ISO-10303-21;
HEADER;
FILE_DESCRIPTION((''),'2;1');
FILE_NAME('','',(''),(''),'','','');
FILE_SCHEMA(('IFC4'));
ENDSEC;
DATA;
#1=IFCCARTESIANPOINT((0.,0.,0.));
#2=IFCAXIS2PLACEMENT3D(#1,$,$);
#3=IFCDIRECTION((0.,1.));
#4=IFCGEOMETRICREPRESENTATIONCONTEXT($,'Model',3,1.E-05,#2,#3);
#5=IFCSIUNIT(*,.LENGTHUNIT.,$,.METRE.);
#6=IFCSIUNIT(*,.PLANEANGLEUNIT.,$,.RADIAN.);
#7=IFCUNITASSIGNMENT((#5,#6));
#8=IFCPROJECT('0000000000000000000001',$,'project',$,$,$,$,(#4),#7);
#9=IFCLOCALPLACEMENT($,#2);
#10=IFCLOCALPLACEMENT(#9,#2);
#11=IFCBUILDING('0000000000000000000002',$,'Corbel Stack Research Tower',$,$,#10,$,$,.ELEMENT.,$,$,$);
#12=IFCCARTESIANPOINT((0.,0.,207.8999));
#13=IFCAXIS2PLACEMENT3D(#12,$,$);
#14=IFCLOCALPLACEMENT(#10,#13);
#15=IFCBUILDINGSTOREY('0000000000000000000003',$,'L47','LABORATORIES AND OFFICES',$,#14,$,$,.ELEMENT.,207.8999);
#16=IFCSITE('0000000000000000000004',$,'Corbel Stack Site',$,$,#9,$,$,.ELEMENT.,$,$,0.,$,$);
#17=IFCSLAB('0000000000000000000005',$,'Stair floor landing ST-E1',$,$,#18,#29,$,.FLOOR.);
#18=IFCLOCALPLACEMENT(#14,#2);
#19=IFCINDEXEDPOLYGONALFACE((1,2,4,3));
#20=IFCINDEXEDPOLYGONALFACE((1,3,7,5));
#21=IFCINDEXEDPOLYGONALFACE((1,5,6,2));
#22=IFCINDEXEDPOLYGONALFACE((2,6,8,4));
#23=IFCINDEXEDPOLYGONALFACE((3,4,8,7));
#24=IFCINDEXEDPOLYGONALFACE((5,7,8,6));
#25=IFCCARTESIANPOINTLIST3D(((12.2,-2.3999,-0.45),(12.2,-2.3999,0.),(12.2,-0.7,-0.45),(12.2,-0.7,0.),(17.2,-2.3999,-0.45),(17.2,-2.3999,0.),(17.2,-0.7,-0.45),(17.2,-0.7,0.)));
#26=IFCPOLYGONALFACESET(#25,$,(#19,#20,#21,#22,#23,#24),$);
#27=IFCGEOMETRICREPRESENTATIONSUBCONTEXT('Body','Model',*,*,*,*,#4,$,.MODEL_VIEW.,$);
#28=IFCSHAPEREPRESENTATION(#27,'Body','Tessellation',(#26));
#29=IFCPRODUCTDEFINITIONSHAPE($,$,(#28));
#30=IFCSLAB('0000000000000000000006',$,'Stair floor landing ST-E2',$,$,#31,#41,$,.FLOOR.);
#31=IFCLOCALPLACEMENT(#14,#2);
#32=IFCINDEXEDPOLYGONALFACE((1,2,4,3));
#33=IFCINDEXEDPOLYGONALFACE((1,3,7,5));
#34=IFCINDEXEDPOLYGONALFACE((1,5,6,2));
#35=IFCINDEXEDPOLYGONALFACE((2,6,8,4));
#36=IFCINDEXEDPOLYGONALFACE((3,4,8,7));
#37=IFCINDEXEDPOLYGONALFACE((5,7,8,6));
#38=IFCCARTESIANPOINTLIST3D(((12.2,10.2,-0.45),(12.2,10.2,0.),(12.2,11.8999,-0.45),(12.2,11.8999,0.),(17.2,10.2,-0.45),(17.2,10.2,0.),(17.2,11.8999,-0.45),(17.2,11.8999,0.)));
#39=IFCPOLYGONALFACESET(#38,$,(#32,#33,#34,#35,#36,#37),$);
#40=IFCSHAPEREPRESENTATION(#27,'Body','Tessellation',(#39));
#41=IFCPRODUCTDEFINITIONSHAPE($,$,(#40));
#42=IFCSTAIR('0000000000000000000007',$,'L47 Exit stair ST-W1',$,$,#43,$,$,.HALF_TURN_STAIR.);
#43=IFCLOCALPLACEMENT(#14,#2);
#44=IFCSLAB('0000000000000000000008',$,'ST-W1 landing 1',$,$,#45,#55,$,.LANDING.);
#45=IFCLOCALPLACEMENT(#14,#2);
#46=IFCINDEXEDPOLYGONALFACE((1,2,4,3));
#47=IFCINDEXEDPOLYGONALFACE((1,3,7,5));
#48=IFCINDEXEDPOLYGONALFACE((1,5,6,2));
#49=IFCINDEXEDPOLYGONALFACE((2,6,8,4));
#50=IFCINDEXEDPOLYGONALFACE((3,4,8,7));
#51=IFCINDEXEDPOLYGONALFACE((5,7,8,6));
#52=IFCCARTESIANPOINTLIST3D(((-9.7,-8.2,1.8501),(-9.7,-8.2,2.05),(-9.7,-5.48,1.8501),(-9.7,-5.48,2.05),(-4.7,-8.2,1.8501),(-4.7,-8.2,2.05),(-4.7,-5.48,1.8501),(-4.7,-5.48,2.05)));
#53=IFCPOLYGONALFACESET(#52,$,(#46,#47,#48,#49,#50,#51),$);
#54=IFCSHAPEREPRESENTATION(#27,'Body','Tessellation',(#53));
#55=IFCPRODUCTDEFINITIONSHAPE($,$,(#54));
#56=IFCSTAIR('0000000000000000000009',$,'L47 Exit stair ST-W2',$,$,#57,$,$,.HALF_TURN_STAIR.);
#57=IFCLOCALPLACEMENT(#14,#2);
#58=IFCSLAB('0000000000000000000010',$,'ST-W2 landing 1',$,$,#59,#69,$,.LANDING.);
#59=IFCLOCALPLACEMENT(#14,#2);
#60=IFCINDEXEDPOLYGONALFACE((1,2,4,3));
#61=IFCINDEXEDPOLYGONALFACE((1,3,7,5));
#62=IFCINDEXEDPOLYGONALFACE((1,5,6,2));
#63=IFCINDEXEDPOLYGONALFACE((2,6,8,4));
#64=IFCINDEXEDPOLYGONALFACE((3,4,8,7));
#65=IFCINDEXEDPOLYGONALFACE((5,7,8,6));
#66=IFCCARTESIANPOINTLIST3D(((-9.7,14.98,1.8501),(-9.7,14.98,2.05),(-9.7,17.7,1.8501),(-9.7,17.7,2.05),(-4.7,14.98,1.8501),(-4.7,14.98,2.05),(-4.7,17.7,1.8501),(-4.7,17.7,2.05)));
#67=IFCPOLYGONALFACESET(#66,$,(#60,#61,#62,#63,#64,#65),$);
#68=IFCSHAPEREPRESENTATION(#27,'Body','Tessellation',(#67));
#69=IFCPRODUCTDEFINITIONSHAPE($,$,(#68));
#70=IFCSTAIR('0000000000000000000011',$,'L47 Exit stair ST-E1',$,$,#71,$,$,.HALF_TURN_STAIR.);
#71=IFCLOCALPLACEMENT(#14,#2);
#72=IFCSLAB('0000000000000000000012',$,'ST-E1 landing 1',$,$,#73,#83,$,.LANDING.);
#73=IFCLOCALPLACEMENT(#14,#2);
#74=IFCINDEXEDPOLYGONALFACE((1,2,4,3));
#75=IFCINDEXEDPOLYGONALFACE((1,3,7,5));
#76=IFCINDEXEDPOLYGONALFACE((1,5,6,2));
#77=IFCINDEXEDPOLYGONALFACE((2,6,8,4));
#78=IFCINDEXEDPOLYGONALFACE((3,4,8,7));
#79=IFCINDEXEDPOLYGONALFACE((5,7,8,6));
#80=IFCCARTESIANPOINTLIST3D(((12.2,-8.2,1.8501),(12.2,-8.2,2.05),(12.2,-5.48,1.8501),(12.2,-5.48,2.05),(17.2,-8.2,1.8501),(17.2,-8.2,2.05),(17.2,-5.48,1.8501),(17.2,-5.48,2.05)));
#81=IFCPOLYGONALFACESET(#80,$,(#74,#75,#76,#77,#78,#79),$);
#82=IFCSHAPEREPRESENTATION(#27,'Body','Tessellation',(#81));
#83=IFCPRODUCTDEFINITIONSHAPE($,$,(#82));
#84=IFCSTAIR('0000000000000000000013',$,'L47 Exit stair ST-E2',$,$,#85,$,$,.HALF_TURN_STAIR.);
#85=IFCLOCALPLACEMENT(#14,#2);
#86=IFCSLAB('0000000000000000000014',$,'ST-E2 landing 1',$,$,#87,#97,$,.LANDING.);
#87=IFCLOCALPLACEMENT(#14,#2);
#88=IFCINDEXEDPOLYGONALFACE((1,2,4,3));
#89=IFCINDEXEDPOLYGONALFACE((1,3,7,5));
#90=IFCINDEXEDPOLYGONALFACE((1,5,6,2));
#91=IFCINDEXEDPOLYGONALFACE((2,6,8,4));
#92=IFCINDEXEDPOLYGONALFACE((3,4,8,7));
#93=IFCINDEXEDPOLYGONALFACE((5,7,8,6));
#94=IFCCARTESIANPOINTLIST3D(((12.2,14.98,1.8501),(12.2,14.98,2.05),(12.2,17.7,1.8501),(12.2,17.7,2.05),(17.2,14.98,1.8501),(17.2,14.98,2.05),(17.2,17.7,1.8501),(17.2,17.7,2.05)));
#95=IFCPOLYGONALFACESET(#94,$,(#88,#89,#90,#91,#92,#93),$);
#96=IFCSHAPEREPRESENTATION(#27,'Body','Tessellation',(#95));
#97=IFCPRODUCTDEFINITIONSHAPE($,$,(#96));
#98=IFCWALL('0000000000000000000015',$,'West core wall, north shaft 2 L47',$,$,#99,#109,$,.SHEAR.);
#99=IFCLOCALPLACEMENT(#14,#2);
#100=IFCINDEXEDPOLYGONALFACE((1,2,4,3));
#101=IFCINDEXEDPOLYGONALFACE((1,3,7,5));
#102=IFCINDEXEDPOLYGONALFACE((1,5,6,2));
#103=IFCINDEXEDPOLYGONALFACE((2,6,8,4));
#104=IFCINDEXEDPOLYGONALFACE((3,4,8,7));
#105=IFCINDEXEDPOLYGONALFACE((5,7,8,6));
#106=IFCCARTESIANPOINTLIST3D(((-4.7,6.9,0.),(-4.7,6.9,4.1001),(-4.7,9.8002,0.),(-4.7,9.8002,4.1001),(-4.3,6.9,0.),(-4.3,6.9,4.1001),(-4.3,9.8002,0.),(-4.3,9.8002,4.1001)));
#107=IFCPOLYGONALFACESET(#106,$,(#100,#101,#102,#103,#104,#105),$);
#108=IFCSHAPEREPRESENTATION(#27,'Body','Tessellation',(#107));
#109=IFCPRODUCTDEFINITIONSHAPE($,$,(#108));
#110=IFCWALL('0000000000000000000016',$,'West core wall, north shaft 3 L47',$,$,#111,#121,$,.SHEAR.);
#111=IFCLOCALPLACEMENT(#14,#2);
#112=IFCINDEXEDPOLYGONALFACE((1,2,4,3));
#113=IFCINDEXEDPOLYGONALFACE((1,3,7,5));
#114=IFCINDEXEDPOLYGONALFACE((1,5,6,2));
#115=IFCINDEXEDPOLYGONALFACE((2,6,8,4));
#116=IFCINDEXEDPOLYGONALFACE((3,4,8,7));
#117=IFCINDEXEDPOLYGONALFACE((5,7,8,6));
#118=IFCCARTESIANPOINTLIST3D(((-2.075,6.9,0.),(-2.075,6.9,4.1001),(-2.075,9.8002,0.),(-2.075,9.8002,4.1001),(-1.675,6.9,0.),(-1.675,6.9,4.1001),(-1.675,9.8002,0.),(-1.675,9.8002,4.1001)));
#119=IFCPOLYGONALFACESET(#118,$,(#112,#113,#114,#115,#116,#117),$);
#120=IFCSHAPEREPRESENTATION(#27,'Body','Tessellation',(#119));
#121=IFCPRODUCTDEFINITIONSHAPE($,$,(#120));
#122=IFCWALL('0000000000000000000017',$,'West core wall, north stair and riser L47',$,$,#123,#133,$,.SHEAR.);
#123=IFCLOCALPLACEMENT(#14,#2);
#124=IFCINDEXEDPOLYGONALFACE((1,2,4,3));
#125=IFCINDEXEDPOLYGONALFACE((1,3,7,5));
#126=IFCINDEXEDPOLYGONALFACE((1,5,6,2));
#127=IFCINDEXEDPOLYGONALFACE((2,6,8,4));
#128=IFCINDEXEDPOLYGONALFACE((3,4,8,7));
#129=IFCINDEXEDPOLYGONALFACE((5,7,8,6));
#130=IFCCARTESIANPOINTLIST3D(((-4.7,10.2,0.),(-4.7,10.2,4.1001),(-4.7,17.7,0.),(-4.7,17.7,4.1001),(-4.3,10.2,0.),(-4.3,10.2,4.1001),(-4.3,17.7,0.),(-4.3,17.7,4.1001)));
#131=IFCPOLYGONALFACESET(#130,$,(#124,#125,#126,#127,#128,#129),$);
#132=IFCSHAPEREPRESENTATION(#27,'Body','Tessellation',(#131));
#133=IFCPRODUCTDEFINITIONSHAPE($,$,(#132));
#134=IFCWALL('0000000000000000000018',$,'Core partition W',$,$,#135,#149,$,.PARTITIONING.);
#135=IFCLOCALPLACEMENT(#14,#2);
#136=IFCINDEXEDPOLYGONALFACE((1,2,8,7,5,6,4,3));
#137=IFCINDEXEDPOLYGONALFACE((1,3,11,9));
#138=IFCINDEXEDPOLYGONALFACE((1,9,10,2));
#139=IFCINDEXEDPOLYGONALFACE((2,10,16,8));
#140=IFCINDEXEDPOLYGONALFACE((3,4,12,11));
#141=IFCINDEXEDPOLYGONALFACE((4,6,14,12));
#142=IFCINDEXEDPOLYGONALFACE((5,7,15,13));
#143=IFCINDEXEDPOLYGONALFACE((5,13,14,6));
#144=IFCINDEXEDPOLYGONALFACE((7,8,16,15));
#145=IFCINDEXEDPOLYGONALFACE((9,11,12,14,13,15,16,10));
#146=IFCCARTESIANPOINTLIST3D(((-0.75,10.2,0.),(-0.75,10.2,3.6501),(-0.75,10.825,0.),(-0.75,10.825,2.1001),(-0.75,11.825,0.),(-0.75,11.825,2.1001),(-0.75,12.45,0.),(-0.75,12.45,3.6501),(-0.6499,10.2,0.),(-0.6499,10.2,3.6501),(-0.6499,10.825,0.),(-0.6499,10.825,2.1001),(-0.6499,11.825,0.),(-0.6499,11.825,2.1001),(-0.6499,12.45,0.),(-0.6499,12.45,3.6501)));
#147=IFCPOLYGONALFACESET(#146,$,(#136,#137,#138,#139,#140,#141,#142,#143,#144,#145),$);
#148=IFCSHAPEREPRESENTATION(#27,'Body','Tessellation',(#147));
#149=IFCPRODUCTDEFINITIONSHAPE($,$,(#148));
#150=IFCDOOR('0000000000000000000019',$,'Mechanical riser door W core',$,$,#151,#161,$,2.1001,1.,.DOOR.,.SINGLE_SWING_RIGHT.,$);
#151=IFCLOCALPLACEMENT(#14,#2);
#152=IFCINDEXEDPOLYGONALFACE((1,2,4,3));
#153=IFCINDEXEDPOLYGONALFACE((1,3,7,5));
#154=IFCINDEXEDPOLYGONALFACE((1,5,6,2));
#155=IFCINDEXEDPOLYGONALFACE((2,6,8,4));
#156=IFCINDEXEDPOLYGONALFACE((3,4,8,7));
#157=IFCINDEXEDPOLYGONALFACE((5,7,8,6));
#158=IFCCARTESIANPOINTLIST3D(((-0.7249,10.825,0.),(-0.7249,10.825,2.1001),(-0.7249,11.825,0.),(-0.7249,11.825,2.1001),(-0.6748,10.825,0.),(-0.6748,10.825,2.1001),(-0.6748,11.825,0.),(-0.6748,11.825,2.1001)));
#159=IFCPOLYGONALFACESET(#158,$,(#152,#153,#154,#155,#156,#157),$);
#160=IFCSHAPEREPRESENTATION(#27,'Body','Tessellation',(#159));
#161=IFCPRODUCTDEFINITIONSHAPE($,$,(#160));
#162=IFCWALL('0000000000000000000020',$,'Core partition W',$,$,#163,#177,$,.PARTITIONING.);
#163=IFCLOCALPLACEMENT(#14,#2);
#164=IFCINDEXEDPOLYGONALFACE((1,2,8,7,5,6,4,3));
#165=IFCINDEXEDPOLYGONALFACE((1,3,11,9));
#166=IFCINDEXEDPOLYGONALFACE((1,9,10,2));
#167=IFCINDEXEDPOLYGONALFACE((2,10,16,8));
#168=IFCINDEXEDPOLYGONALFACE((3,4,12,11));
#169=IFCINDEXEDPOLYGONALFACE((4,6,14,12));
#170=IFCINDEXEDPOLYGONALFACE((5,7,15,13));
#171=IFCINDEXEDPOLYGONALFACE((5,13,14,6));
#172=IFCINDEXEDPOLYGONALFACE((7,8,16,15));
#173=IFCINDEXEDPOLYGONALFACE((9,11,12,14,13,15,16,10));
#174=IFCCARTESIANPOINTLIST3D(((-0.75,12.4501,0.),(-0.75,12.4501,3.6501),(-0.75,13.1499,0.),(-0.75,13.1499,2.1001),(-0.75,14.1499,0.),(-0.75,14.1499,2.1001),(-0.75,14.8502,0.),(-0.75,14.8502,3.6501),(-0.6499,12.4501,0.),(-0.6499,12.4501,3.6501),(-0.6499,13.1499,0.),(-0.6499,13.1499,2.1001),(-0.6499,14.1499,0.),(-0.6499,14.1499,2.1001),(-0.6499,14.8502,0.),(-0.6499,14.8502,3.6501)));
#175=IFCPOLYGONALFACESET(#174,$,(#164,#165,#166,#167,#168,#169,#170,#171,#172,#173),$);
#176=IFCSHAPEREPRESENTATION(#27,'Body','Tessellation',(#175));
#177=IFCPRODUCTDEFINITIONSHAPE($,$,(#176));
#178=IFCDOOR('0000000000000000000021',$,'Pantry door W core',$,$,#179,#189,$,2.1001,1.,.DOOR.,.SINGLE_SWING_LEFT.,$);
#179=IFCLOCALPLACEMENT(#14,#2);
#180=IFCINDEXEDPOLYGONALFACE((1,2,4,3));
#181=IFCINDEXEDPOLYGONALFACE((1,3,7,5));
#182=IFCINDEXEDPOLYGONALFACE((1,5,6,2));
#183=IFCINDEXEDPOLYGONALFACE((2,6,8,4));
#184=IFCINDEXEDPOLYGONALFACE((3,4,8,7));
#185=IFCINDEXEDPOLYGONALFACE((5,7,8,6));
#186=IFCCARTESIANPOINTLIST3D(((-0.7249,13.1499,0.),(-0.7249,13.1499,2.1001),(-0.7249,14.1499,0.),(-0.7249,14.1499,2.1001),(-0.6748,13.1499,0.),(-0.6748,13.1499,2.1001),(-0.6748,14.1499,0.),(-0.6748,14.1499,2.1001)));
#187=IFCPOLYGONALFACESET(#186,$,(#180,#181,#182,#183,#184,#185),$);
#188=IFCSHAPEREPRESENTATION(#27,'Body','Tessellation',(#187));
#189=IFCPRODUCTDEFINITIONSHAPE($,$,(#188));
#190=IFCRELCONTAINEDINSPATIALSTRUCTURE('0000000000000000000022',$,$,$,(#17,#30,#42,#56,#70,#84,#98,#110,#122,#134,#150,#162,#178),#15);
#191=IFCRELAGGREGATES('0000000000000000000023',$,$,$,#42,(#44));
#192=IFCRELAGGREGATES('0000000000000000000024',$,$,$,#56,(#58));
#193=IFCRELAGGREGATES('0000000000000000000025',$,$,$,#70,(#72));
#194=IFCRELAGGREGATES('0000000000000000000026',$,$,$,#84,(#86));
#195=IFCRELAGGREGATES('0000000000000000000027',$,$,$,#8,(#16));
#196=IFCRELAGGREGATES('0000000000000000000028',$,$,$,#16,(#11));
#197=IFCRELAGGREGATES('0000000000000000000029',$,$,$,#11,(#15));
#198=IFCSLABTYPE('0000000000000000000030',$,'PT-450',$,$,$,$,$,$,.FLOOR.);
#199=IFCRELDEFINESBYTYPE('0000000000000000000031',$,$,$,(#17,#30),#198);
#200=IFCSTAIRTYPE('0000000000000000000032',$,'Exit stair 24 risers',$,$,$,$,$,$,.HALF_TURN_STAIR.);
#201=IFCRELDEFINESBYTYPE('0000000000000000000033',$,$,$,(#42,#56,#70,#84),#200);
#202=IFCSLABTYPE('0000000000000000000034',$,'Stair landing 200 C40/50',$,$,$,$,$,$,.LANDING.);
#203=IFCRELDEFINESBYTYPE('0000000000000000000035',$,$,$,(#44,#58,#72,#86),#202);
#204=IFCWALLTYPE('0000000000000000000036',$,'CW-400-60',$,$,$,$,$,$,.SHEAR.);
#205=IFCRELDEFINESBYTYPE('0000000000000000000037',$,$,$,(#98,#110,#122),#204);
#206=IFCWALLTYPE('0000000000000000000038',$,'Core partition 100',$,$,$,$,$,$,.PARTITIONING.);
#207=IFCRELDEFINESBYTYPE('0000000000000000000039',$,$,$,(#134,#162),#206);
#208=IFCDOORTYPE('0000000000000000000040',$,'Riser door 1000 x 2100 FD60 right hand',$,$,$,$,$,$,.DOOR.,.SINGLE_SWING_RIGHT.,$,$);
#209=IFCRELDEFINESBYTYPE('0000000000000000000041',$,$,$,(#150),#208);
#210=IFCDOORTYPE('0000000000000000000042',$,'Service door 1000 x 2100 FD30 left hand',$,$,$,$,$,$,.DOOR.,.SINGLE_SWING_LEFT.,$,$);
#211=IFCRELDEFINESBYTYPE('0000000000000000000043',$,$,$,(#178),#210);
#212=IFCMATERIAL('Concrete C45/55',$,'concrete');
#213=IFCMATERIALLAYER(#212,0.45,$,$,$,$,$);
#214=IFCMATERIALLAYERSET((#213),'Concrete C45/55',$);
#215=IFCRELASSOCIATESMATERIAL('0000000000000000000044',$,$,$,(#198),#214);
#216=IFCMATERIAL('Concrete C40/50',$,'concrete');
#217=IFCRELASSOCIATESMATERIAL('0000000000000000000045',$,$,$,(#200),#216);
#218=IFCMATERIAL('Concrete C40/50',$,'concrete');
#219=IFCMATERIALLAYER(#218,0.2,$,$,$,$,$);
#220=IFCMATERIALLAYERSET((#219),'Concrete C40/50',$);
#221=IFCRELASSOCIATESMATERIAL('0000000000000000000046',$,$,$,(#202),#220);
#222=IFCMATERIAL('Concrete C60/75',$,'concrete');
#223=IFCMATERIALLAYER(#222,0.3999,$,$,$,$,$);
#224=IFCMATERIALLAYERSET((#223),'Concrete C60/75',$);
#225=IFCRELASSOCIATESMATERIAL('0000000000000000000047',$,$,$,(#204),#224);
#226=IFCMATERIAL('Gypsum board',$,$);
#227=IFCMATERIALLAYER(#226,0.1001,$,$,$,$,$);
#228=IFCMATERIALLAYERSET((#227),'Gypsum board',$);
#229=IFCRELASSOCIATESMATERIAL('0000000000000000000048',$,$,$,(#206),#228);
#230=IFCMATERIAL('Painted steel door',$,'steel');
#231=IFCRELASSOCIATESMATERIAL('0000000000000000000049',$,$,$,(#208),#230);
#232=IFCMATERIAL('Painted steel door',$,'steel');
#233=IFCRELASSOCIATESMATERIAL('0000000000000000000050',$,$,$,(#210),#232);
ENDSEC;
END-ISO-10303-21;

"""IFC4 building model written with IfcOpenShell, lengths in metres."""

from ifc_helpers import new_model, si_unit, direction, frame, frame_2d, origin, place, context, subcontext, project, spatial, polyline, rectangle, outline, extrude, material, layer, layer_set, type_object, element, fill, aggregate, save


model = new_model("IFC4")

# Units and contexts
model_context = context("Model", 3, precision=1e-05, world=origin(), true_north=direction((0.0, 1.0)))
body_context = subcontext(model_context, "Body", "Model", "MODEL_VIEW")
ifc_project = project(units=[si_unit("LENGTHUNIT", "METRE"), si_unit("PLANEANGLEUNIT", "RADIAN")], contexts=[model_context])

# Site, building, storey
site_placement = place(None, origin())
site = spatial("IfcSite", under=ifc_project, at=site_placement, Name="Corbel Stack Site", CompositionType="ELEMENT", RefElevation=0.0)
building_placement = place(site_placement, origin())
building = spatial("IfcBuilding", under=site, at=building_placement, Name="Corbel Stack Research Tower", CompositionType="ELEMENT")
storey_placement = place(building_placement, frame((0.0, 0.0, 207.8999)))
storey = spatial("IfcBuildingStorey", under=building, at=storey_placement, Name="L47", Description="LABORATORIES AND OFFICES", CompositionType="ELEMENT", Elevation=207.8999)

# Slabs
ifc_material_1 = material(Name="Concrete C45/55", Category="concrete")
ifc_layer_1 = layer(ifc_material_1, 0.45)
ifc_layer_set_1 = layer_set([ifc_layer_1], Name="Concrete C45/55")
slab_type_1 = type_object("IfcSlabType", Name="PT-450", PredefinedType="FLOOR", material=ifc_layer_set_1)
slab_1_placement = place(storey_placement, frame((0.0, 0.0, -0.45)))
element("IfcSlab", 1, at=slab_1_placement, inside=storey, type_object=slab_type_1, Name="Stair floor landing ST-E1", PredefinedType="FLOOR", context=body_context, shape_type="SweptSolid", body=[
    extrude(outline(polyline([(12.2, -2.3999), (17.2, -2.3999), (17.2, -0.7), (12.2, -0.7), (12.2, -2.3999)])), origin(), (0.0, 0.0, 1.0), 0.45),
])
slab_2_placement = place(storey_placement, frame((0.0, 0.0, -0.45)))
element("IfcSlab", 2, at=slab_2_placement, inside=storey, type_object=slab_type_1, Name="Stair floor landing ST-E2", PredefinedType="FLOOR", context=body_context, shape_type="SweptSolid", body=[
    extrude(outline(polyline([(12.2, 10.2), (17.2, 10.2), (17.2, 11.8999), (12.2, 11.8999), (12.2, 10.2)])), origin(), (0.0, 0.0, 1.0), 0.45),
])

# Stairs, slabs
ifc_material_2 = material(Name="Concrete C40/50", Category="concrete")
stair_type = type_object("IfcStairType", Name="Exit stair 24 risers", PredefinedType="HALF_TURN_STAIR", material=ifc_material_2)
stair_1_placement = place(storey_placement, origin())
stair_1 = element("IfcStair", 3, at=stair_1_placement, inside=storey, type_object=stair_type, Name="L47 Exit stair ST-W1", PredefinedType="HALF_TURN_STAIR")
ifc_material_3 = material(Name="Concrete C40/50", Category="concrete")
ifc_layer_2 = layer(ifc_material_3, 0.2)
ifc_layer_set_2 = layer_set([ifc_layer_2], Name="Concrete C40/50")
slab_type_2 = type_object("IfcSlabType", Name="Stair landing 200 C40/50", PredefinedType="LANDING", material=ifc_layer_set_2)
slab_3_placement = place(storey_placement, frame((0.0, 0.0, 1.8501)))
slab_3 = element("IfcSlab", 4, at=slab_3_placement, type_object=slab_type_2, Name="ST-W1 landing 1", PredefinedType="LANDING", context=body_context, shape_type="SweptSolid", body=[
    extrude(outline(polyline([(-9.7, -8.2), (-9.7, -5.48), (-4.7, -5.48), (-4.7, -8.2), (-9.7, -8.2)])), origin(), (0.0, 0.0, 1.0), 0.2),
])
aggregate(stair_1, [slab_3])
stair_2_placement = place(storey_placement, origin())
stair_2 = element("IfcStair", 5, at=stair_2_placement, inside=storey, type_object=stair_type, Name="L47 Exit stair ST-W2", PredefinedType="HALF_TURN_STAIR")
slab_4_placement = place(storey_placement, frame((0.0, 0.0, 1.8501)))
slab_4 = element("IfcSlab", 6, at=slab_4_placement, type_object=slab_type_2, Name="ST-W2 landing 1", PredefinedType="LANDING", context=body_context, shape_type="SweptSolid", body=[
    extrude(outline(polyline([(-9.7, 14.98), (-9.7, 17.7), (-4.7, 17.7), (-4.7, 14.98), (-9.7, 14.98)])), origin(), (0.0, 0.0, 1.0), 0.2),
])
aggregate(stair_2, [slab_4])
stair_3_placement = place(storey_placement, origin())
stair_3 = element("IfcStair", 7, at=stair_3_placement, inside=storey, type_object=stair_type, Name="L47 Exit stair ST-E1", PredefinedType="HALF_TURN_STAIR")
slab_5_placement = place(storey_placement, frame((0.0, 0.0, 1.8501)))
slab_5 = element("IfcSlab", 8, at=slab_5_placement, type_object=slab_type_2, Name="ST-E1 landing 1", PredefinedType="LANDING", context=body_context, shape_type="SweptSolid", body=[
    extrude(outline(polyline([(12.2, -8.2), (12.2, -5.48), (17.2, -5.48), (17.2, -8.2), (12.2, -8.2)])), origin(), (0.0, 0.0, 1.0), 0.2),
])
aggregate(stair_3, [slab_5])
stair_4_placement = place(storey_placement, origin())
stair_4 = element("IfcStair", 9, at=stair_4_placement, inside=storey, type_object=stair_type, Name="L47 Exit stair ST-E2", PredefinedType="HALF_TURN_STAIR")
slab_6_placement = place(storey_placement, frame((0.0, 0.0, 1.8501)))
slab_6 = element("IfcSlab", 10, at=slab_6_placement, type_object=slab_type_2, Name="ST-E2 landing 1", PredefinedType="LANDING", context=body_context, shape_type="SweptSolid", body=[
    extrude(outline(polyline([(12.2, 14.98), (12.2, 17.7), (17.2, 17.7), (17.2, 14.98), (12.2, 14.98)])), origin(), (0.0, 0.0, 1.0), 0.2),
])
aggregate(stair_4, [slab_6])

# Walls
ifc_material_4 = material(Name="Concrete C60/75", Category="concrete")
ifc_layer_3 = layer(ifc_material_4, 0.3999)
ifc_layer_set_3 = layer_set([ifc_layer_3], Name="Concrete C60/75")
wall_type_1 = type_object("IfcWallType", Name="CW-400-60", PredefinedType="SHEAR", material=ifc_layer_set_3)
for number, where, z_axis, x_axis, name in (
    (11, (-4.5, 6.8999, 0.0), (0.0, 0.0, 1.0), (0.0, 1.0, 0.0), "West core wall, north shaft 2 L47"),
    (12, (-1.875, 6.8999, 0.0), (0.0, 0.0, 1.0), (0.0, 1.0, 0.0), "West core wall, north shaft 3 L47"),
):
    element("IfcWall", number, at=place(storey_placement, frame(where, z_axis=z_axis, x_axis=x_axis)), inside=storey, type_object=wall_type_1, Name=name, PredefinedType="SHEAR", context=body_context, shape_type="SweptSolid", body=[
        extrude(rectangle(XDim=2.9001, YDim=0.3999, at=frame_2d((1.4502, 0.0))), origin(), (0.0, 0.0, 1.0), 4.1001),
    ])
wall_1_placement = place(storey_placement, frame((-4.5, 10.2, 0.0), z_axis=(0.0, 0.0, 1.0), x_axis=(0.0, 1.0, 0.0)))
element("IfcWall", 13, at=wall_1_placement, inside=storey, type_object=wall_type_1, Name="West core wall, north stair and riser L47", PredefinedType="SHEAR", context=body_context, shape_type="SweptSolid", body=[
    extrude(rectangle(XDim=7.5, YDim=0.3999, at=frame_2d((3.75, 0.0))), origin(), (0.0, 0.0, 1.0), 4.1001),
])

# Walls, openings, doors
ifc_material_5 = material(Name="Gypsum board")
ifc_layer_4 = layer(ifc_material_5, 0.1001)
ifc_layer_set_4 = layer_set([ifc_layer_4], Name="Gypsum board")
wall_type_2 = type_object("IfcWallType", Name="Core partition 100", PredefinedType="PARTITIONING", material=ifc_layer_set_4)
wall_2_placement = place(storey_placement, frame((-0.7, 10.2, 0.0), z_axis=(0.0, 0.0, 1.0), x_axis=(0.0, 1.0, 0.0)))
wall_2 = element("IfcWall", 14, at=wall_2_placement, inside=storey, type_object=wall_type_2, Name="Core partition W", PredefinedType="PARTITIONING", context=body_context, shape_type="SweptSolid", body=[
    extrude(rectangle(XDim=2.25, YDim=0.1001, at=frame_2d((1.125, 0.0))), origin(), (0.0, 0.0, 1.0), 3.6501),
])
opening_1_placement = place(wall_2_placement, frame((0.625, 0.0, 0.0)))
opening_1 = element("IfcOpeningElement", 15, at=opening_1_placement, cuts=wall_2, PredefinedType="OPENING", context=body_context, shape_type="SweptSolid", body=[
    extrude(rectangle(XDim=1.0, YDim=2.1001, at=frame_2d((0.5, 1.05))), frame((0.0, 0.0601, 0.0), z_axis=(0.0, -1.0, 0.0), x_axis=(1.0, 0.0, 0.0)), (0.0, 0.0, 1.0), 0.1201),
])
ifc_material_6 = material(Name="Painted steel door", Category="steel")
door_type_1 = type_object("IfcDoorType", Name="Riser door 1000 x 2100 FD60 right hand", OperationType="SINGLE_SWING_RIGHT", PredefinedType="DOOR", material=ifc_material_6)
door_1_placement = place(opening_1_placement, origin())
door_1 = element("IfcDoor", 16, at=door_1_placement, inside=storey, type_object=door_type_1, Name="Mechanical riser door W core", OperationType="SINGLE_SWING_RIGHT", OverallHeight=2.1001, OverallWidth=1.0, PredefinedType="DOOR", context=body_context, shape_type="SweptSolid", body=[
    extrude(rectangle(XDim=1.0, YDim=2.1001, at=frame_2d((0.5, 1.05))), frame((0.0, 0.0249, 0.0), z_axis=(0.0, -1.0, 0.0), x_axis=(1.0, 0.0, 0.0)), (0.0, 0.0, 1.0), 0.05),
])
fill(opening_1, door_1)
wall_3_placement = place(storey_placement, frame((-0.7, 12.45, 0.0), z_axis=(0.0, 0.0, 1.0), x_axis=(0.0, 1.0, 0.0)))
wall_3 = element("IfcWall", 17, at=wall_3_placement, inside=storey, type_object=wall_type_2, Name="Core partition W", PredefinedType="PARTITIONING", context=body_context, shape_type="SweptSolid", body=[
    extrude(rectangle(XDim=2.4001, YDim=0.1001, at=frame_2d((1.2002, 0.0))), origin(), (0.0, 0.0, 1.0), 3.6501),
])
opening_2_placement = place(wall_3_placement, frame((0.7, 0.0, 0.0)))
opening_2 = element("IfcOpeningElement", 18, at=opening_2_placement, cuts=wall_3, PredefinedType="OPENING", context=body_context, shape_type="SweptSolid", body=[
    extrude(rectangle(XDim=1.0, YDim=2.1001, at=frame_2d((0.5, 1.05))), frame((0.0, 0.0601, 0.0), z_axis=(0.0, -1.0, 0.0), x_axis=(1.0, 0.0, 0.0)), (0.0, 0.0, 1.0), 0.1201),
])
ifc_material_7 = material(Name="Painted steel door", Category="steel")
door_type_2 = type_object("IfcDoorType", Name="Service door 1000 x 2100 FD30 left hand", OperationType="SINGLE_SWING_LEFT", PredefinedType="DOOR", material=ifc_material_7)
door_2_placement = place(opening_2_placement, origin())
door_2 = element("IfcDoor", 19, at=door_2_placement, inside=storey, type_object=door_type_2, Name="Pantry door W core", OperationType="SINGLE_SWING_LEFT", OverallHeight=2.1001, OverallWidth=1.0, PredefinedType="DOOR", context=body_context, shape_type="SweptSolid", body=[
    extrude(rectangle(XDim=1.0, YDim=2.1001, at=frame_2d((0.5, 1.05))), frame((0.0, 0.0249, 0.0), z_axis=(0.0, -1.0, 0.0), x_axis=(1.0, 0.0, 0.0)), (0.0, 0.0, 1.0), 0.05),
])
fill(opening_2, door_2)

save(model, "model.ifc")
